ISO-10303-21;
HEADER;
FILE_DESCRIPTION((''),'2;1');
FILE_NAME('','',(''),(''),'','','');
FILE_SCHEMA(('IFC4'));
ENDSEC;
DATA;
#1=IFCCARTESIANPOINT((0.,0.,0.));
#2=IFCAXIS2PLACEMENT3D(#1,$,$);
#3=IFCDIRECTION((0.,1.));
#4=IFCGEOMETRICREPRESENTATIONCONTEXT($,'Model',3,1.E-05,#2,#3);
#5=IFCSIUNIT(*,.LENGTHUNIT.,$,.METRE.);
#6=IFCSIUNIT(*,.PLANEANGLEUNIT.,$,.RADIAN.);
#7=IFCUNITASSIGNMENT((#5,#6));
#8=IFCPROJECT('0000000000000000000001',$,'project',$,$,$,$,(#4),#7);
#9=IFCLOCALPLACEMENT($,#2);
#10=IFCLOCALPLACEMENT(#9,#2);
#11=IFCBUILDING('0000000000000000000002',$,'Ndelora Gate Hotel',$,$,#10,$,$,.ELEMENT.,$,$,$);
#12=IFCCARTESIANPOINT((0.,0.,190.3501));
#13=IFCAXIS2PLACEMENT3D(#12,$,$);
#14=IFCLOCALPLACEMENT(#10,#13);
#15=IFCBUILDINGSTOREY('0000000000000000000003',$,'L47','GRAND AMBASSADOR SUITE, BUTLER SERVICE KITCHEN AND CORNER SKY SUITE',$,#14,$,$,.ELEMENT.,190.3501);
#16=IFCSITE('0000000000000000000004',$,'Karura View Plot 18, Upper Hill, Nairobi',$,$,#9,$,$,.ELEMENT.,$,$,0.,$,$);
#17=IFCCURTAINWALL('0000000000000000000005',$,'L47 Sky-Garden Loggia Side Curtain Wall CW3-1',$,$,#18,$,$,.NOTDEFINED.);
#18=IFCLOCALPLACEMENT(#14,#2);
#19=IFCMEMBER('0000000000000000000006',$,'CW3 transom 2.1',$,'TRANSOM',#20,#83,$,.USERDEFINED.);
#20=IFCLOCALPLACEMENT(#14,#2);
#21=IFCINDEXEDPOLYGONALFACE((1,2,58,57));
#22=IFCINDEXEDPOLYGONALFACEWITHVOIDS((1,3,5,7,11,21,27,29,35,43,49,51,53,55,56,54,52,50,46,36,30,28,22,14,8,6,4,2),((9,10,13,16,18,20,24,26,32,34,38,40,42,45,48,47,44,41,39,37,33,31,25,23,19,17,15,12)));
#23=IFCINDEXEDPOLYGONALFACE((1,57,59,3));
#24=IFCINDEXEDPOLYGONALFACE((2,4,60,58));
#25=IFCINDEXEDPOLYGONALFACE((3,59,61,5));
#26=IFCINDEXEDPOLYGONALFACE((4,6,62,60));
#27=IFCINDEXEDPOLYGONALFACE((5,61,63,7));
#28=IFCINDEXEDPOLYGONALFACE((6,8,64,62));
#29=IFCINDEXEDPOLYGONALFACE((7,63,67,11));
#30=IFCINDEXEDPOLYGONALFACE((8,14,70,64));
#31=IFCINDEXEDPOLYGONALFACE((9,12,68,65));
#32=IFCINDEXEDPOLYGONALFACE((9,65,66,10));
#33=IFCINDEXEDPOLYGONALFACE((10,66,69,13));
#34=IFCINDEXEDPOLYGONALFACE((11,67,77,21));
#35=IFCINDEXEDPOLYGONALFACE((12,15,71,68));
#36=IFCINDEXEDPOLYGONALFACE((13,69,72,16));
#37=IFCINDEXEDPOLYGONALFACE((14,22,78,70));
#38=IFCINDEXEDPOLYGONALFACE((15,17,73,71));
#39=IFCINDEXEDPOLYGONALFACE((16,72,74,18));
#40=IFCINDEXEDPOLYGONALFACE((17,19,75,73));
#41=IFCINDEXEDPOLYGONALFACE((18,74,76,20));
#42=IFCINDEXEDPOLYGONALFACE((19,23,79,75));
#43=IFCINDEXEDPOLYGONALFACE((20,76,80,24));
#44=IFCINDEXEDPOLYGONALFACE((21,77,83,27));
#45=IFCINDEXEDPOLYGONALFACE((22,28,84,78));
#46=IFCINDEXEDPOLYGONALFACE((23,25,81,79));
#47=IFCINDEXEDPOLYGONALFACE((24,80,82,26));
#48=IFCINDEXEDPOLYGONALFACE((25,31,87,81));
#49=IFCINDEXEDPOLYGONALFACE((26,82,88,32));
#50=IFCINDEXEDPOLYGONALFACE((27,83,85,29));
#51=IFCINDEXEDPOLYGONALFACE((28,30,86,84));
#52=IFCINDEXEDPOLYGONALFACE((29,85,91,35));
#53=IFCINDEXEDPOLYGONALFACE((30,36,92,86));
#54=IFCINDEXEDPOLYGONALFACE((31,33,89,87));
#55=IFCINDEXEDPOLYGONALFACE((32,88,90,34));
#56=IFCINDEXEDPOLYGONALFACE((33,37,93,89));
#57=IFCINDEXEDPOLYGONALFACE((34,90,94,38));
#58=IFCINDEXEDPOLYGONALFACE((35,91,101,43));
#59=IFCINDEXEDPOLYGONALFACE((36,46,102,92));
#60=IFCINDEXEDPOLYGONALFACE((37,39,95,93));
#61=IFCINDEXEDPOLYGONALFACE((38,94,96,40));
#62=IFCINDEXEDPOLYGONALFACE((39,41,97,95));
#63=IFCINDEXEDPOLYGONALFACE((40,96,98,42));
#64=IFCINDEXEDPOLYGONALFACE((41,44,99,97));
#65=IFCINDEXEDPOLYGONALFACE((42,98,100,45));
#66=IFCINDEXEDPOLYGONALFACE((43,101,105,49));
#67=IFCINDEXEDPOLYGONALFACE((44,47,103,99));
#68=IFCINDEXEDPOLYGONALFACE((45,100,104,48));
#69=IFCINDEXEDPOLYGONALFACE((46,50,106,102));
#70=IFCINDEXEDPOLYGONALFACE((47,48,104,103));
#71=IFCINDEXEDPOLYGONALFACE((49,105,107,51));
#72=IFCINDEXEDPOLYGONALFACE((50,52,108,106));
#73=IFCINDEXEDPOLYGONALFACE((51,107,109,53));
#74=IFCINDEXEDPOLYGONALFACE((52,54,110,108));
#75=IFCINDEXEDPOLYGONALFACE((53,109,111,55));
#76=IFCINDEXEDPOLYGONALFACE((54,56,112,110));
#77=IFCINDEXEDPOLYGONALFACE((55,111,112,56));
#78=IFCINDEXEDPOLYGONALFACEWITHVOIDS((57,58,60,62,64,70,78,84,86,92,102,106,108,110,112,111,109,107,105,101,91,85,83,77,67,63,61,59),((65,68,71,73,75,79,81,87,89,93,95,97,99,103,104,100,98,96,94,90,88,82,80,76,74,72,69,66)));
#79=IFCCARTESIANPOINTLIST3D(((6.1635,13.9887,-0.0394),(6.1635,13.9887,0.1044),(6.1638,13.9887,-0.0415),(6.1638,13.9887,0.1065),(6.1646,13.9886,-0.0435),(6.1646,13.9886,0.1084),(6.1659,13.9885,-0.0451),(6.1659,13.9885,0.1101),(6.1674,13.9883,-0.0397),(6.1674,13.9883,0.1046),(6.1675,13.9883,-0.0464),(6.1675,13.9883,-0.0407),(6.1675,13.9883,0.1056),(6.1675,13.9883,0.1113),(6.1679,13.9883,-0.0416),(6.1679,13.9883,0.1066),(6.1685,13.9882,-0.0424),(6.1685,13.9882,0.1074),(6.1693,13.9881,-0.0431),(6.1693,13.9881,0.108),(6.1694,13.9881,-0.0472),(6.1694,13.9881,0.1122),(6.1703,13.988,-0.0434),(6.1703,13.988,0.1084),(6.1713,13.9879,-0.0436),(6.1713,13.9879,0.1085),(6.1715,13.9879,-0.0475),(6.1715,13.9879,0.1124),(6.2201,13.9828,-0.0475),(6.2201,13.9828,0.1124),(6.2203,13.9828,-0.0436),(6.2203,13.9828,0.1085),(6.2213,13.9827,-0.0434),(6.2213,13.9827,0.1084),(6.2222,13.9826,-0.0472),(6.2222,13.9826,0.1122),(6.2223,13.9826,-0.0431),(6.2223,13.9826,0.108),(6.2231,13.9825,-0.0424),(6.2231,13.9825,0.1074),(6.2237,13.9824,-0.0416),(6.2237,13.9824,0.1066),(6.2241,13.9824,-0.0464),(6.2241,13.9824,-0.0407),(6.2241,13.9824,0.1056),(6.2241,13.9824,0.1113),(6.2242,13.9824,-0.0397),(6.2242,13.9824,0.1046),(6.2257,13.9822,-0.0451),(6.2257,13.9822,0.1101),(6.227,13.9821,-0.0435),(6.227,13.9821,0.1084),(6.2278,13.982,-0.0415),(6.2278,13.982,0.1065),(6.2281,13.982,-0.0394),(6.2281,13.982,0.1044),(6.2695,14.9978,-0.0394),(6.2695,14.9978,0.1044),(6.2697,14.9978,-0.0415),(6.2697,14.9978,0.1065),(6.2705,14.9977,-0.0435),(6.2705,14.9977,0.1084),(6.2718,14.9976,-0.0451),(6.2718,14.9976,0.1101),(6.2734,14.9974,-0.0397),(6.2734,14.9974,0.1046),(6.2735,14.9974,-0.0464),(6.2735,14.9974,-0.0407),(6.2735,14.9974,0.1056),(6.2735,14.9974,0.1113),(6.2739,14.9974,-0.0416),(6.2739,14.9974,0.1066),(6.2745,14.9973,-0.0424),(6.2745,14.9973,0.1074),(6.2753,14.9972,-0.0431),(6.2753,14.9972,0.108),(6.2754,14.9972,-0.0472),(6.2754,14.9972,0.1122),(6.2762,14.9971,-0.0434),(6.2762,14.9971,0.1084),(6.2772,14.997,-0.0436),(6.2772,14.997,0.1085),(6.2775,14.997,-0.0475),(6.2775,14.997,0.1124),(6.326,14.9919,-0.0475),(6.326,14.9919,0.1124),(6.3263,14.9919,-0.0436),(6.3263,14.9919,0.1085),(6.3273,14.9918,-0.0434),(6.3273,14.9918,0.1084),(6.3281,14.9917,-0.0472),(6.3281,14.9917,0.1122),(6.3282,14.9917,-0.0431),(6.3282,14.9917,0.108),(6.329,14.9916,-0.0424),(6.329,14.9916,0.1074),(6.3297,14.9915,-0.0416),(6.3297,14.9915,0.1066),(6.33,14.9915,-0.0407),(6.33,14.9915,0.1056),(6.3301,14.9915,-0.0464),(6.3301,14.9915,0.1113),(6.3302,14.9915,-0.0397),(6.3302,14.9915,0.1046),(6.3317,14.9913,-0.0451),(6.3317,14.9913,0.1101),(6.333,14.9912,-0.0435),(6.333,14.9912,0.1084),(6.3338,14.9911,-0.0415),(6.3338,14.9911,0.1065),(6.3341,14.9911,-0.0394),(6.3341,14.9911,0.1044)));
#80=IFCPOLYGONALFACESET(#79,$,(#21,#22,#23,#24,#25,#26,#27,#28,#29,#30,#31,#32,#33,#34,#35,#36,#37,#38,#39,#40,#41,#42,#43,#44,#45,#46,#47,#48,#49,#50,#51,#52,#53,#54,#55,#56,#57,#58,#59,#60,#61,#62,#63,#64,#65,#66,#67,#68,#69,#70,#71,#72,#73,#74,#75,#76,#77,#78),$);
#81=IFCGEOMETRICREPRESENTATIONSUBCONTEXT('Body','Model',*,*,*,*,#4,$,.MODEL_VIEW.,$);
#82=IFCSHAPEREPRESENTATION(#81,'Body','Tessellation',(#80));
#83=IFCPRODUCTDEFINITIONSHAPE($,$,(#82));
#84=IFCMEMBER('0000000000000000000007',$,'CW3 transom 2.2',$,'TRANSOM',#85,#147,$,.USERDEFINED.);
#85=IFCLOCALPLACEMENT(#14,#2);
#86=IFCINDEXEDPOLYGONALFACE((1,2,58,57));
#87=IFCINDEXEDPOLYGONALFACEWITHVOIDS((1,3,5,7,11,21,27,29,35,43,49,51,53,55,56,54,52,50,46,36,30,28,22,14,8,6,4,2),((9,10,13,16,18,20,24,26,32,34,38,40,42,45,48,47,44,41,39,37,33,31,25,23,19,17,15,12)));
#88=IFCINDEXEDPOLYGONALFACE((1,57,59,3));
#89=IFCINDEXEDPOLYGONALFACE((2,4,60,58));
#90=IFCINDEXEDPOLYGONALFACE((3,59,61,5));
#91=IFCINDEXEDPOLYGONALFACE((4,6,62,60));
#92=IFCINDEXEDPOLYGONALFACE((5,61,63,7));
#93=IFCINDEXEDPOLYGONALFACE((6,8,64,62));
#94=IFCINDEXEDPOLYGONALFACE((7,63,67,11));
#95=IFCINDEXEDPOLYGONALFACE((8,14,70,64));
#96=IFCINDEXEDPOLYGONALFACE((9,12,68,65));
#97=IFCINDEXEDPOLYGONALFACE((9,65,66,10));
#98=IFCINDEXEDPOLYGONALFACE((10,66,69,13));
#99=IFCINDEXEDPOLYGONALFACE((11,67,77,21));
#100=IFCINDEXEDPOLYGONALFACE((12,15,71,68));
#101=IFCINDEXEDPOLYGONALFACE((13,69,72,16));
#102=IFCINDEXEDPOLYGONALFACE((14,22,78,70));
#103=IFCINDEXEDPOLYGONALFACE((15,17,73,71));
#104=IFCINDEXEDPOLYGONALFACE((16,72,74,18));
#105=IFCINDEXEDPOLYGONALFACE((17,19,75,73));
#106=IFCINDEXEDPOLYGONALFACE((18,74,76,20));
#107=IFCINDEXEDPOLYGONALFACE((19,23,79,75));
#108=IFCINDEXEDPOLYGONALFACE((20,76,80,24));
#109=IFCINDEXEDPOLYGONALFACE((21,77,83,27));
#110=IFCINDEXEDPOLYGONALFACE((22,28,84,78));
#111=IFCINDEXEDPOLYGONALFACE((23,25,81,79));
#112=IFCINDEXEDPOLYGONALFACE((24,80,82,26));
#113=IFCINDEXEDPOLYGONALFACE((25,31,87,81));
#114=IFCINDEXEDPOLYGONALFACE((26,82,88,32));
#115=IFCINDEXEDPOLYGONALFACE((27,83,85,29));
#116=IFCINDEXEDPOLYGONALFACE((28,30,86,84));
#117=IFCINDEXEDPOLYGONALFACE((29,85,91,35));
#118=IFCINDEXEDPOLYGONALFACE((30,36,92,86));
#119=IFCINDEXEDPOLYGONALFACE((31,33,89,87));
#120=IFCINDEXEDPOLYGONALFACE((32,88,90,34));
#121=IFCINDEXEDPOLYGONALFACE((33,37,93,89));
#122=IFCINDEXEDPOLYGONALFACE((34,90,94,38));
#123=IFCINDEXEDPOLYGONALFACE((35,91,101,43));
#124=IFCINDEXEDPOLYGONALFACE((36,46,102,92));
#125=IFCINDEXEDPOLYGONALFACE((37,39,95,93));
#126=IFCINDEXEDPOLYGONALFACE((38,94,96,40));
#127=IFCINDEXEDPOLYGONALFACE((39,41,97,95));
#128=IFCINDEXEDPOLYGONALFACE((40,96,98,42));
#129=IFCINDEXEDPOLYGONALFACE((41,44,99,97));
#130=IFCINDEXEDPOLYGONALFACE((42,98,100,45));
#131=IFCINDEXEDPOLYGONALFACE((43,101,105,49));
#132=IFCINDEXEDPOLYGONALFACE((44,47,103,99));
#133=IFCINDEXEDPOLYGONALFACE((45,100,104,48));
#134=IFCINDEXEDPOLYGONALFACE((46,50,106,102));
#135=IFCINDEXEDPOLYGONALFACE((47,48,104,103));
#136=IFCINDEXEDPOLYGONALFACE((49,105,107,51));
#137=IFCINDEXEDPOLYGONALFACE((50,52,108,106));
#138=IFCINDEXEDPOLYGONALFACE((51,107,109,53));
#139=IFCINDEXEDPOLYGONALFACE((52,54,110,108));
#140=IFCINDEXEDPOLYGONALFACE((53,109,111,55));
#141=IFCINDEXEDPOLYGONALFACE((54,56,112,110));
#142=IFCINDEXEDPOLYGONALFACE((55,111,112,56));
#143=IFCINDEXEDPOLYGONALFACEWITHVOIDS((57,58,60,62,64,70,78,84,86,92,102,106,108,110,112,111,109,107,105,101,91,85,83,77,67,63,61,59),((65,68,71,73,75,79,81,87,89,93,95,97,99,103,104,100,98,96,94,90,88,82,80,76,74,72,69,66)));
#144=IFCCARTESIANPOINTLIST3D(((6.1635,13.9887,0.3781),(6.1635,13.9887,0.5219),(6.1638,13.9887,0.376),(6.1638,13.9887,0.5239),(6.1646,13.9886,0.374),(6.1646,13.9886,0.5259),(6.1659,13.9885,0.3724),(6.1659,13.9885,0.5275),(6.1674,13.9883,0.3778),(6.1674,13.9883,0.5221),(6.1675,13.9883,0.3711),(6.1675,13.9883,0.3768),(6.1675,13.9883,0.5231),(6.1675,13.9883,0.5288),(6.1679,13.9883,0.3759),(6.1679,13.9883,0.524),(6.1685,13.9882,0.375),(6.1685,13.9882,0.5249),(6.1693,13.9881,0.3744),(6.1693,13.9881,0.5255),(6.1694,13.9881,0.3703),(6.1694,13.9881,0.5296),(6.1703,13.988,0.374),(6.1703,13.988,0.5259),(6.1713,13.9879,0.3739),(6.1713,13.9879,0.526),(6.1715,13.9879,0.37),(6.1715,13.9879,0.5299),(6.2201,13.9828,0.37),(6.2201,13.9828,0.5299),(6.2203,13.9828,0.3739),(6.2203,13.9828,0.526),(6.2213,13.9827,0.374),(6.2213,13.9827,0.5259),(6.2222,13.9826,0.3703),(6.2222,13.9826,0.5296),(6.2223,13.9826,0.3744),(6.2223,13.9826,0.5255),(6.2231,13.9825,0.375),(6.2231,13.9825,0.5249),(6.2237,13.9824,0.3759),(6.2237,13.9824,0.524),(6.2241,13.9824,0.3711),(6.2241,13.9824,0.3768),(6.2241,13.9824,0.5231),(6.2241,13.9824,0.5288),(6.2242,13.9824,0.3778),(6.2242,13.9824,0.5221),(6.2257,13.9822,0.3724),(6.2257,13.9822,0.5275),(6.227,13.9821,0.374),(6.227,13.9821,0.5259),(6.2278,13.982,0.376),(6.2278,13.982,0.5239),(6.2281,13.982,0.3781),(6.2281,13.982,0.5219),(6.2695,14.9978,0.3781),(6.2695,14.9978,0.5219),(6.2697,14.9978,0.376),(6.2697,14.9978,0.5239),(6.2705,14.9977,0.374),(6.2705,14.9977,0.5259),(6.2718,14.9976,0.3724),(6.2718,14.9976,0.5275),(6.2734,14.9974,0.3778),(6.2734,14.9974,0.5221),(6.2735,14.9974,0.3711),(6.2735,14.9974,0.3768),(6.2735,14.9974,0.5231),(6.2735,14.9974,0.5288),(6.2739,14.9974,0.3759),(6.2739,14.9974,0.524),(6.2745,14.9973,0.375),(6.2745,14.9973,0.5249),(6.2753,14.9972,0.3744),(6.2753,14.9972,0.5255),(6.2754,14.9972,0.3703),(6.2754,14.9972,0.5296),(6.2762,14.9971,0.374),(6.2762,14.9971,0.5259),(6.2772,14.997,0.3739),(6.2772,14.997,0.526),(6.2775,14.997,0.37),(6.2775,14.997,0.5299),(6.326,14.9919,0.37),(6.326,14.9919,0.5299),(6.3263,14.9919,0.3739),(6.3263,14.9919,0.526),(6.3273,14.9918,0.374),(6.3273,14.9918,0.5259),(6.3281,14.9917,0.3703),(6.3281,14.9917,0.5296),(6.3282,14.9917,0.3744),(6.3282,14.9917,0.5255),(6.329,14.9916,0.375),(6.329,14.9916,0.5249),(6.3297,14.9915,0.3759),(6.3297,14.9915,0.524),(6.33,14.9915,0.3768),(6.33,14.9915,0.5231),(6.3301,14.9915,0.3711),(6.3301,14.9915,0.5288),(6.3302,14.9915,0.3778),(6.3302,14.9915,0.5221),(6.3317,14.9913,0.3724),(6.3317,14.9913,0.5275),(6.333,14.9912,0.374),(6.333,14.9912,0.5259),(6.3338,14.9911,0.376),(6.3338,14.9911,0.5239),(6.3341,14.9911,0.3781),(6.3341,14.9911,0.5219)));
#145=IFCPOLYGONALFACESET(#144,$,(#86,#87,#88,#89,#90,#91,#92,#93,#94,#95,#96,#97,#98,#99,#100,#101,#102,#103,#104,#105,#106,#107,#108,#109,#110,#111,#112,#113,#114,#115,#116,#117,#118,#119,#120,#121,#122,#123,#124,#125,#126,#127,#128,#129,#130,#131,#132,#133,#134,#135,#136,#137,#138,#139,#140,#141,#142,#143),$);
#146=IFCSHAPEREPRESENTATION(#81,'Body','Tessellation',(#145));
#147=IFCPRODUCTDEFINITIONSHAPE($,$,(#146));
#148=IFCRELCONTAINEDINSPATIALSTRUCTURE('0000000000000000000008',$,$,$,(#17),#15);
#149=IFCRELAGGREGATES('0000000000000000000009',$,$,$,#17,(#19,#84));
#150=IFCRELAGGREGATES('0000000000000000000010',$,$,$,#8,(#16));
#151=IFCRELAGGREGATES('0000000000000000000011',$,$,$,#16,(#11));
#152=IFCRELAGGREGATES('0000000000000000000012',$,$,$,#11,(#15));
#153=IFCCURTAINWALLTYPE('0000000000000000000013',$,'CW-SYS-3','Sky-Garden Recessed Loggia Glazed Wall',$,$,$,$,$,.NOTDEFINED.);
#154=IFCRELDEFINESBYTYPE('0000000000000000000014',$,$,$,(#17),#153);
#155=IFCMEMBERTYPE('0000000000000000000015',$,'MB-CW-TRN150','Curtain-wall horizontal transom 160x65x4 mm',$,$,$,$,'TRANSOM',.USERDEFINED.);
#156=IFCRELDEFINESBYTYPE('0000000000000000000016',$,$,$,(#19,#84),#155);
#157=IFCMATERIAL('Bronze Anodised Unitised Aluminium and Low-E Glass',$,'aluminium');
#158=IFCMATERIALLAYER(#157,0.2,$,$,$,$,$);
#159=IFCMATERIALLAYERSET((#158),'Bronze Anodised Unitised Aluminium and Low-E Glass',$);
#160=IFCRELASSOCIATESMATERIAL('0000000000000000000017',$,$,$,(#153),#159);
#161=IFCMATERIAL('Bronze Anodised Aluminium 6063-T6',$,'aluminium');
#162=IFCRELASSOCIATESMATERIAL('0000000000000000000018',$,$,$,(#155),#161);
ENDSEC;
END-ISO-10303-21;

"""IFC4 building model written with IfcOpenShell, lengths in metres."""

from ifc_helpers import new_model, si_unit, direction, frame, origin, origin_2d, place, context, subcontext, project, spatial, hollow_rectangle, extrude, material, layer, layer_set, material_profile, profile_set, type_object, element, aggregate, save


model = new_model("IFC4")

# Units and contexts
model_context = context("Model", 3, precision=1e-05, world=origin(), true_north=direction((0.0, 1.0)))
body_context = subcontext(model_context, "Body", "Model", "MODEL_VIEW")
ifc_project = project(units=[si_unit("LENGTHUNIT", "METRE"), si_unit("PLANEANGLEUNIT", "RADIAN")], contexts=[model_context])

# Site, building, storey
site_placement = place(None, origin())
site = spatial("IfcSite", under=ifc_project, at=site_placement, Name="Karura View Plot 18, Upper Hill, Nairobi", CompositionType="ELEMENT", RefElevation=0.0)
building_placement = place(site_placement, origin())
building = spatial("IfcBuilding", under=site, at=building_placement, Name="Ndelora Gate Hotel", CompositionType="ELEMENT")
storey_placement = place(building_placement, frame((0.0, 0.0, 190.3501)))
storey = spatial("IfcBuildingStorey", under=building, at=storey_placement, Name="L47", Description="GRAND AMBASSADOR SUITE, BUTLER SERVICE KITCHEN AND CORNER SKY SUITE", CompositionType="ELEMENT", Elevation=190.3501)

# Curtain wall, members
ifc_material_1 = material(Name="Bronze Anodised Unitised Aluminium and Low-E Glass", Category="aluminium")
ifc_layer_1 = layer(ifc_material_1, 0.2)
ifc_layer_set_1 = layer_set([ifc_layer_1], Name="Bronze Anodised Unitised Aluminium and Low-E Glass")
curtain_wall_type = type_object("IfcCurtainWallType", Name="CW-SYS-3", Description="Sky-Garden Recessed Loggia Glazed Wall", PredefinedType="NOTDEFINED", material=ifc_layer_set_1)
curtain_wall_placement = place(storey_placement, origin())
curtain_wall = element("IfcCurtainWall", 1, at=curtain_wall_placement, inside=storey, type_object=curtain_wall_type, Name="L47 Sky-Garden Loggia Side Curtain Wall CW3-1", PredefinedType="NOTDEFINED")
ifc_material_2 = material(Name="Bronze Anodised Aluminium 6063-T6", Category="aluminium")
ifc_material_profile_1 = material_profile(ifc_material_2, hollow_rectangle(XDim=0.0649, YDim=0.1599, WallThickness=0.0039, InnerFilletRadius=0.0039, OuterFilletRadius=0.0081, at=origin_2d()), Name="ALU 160x65x4")
ifc_profile_set_1 = profile_set([ifc_material_profile_1], Name="Bronze Anodised Aluminium 6063-T6")
member_type_1 = type_object("IfcMemberType", Name="MB-CW-TRN150", Description="Curtain-wall horizontal transom 160x65x4 mm", ElementType="TRANSOM", PredefinedType="USERDEFINED", material=ifc_profile_set_1)
member_1_placement = place(storey_placement, frame((6.1958, 13.9854, 0.0325), z_axis=(0.104434, 0.994532, 0.0), x_axis=(-0.994532, 0.104434, 0.0)))
member_1 = element("IfcMember", 2, at=member_1_placement, type_object=member_type_1, Name="CW3 transom 2.1", ObjectType="TRANSOM", PredefinedType="USERDEFINED", context=body_context, shape_type="SweptSolid", body=[
    extrude(hollow_rectangle(XDim=0.0649, YDim=0.1599, WallThickness=0.0039, InnerFilletRadius=0.0039, OuterFilletRadius=0.0081, at=origin_2d()), origin(), (0.0, 0.0, 1.0), 1.0146),
])
member_2_placement = place(storey_placement, frame((6.1958, 13.9854, 0.45), z_axis=(0.104434, 0.994532, 0.0), x_axis=(-0.994532, 0.104434, 0.0)))
member_2 = element("IfcMember", 3, at=member_2_placement, type_object=member_type_1, Name="CW3 transom 2.2", ObjectType="TRANSOM", PredefinedType="USERDEFINED", context=body_context, shape_type="SweptSolid", body=[
    extrude(hollow_rectangle(XDim=0.0649, YDim=0.1599, WallThickness=0.0039, InnerFilletRadius=0.0039, OuterFilletRadius=0.0081, at=origin_2d()), origin(), (0.0, 0.0, 1.0), 1.0146),
])
aggregate(curtain_wall, [member_1, member_2])

save(model, "model.ifc")
